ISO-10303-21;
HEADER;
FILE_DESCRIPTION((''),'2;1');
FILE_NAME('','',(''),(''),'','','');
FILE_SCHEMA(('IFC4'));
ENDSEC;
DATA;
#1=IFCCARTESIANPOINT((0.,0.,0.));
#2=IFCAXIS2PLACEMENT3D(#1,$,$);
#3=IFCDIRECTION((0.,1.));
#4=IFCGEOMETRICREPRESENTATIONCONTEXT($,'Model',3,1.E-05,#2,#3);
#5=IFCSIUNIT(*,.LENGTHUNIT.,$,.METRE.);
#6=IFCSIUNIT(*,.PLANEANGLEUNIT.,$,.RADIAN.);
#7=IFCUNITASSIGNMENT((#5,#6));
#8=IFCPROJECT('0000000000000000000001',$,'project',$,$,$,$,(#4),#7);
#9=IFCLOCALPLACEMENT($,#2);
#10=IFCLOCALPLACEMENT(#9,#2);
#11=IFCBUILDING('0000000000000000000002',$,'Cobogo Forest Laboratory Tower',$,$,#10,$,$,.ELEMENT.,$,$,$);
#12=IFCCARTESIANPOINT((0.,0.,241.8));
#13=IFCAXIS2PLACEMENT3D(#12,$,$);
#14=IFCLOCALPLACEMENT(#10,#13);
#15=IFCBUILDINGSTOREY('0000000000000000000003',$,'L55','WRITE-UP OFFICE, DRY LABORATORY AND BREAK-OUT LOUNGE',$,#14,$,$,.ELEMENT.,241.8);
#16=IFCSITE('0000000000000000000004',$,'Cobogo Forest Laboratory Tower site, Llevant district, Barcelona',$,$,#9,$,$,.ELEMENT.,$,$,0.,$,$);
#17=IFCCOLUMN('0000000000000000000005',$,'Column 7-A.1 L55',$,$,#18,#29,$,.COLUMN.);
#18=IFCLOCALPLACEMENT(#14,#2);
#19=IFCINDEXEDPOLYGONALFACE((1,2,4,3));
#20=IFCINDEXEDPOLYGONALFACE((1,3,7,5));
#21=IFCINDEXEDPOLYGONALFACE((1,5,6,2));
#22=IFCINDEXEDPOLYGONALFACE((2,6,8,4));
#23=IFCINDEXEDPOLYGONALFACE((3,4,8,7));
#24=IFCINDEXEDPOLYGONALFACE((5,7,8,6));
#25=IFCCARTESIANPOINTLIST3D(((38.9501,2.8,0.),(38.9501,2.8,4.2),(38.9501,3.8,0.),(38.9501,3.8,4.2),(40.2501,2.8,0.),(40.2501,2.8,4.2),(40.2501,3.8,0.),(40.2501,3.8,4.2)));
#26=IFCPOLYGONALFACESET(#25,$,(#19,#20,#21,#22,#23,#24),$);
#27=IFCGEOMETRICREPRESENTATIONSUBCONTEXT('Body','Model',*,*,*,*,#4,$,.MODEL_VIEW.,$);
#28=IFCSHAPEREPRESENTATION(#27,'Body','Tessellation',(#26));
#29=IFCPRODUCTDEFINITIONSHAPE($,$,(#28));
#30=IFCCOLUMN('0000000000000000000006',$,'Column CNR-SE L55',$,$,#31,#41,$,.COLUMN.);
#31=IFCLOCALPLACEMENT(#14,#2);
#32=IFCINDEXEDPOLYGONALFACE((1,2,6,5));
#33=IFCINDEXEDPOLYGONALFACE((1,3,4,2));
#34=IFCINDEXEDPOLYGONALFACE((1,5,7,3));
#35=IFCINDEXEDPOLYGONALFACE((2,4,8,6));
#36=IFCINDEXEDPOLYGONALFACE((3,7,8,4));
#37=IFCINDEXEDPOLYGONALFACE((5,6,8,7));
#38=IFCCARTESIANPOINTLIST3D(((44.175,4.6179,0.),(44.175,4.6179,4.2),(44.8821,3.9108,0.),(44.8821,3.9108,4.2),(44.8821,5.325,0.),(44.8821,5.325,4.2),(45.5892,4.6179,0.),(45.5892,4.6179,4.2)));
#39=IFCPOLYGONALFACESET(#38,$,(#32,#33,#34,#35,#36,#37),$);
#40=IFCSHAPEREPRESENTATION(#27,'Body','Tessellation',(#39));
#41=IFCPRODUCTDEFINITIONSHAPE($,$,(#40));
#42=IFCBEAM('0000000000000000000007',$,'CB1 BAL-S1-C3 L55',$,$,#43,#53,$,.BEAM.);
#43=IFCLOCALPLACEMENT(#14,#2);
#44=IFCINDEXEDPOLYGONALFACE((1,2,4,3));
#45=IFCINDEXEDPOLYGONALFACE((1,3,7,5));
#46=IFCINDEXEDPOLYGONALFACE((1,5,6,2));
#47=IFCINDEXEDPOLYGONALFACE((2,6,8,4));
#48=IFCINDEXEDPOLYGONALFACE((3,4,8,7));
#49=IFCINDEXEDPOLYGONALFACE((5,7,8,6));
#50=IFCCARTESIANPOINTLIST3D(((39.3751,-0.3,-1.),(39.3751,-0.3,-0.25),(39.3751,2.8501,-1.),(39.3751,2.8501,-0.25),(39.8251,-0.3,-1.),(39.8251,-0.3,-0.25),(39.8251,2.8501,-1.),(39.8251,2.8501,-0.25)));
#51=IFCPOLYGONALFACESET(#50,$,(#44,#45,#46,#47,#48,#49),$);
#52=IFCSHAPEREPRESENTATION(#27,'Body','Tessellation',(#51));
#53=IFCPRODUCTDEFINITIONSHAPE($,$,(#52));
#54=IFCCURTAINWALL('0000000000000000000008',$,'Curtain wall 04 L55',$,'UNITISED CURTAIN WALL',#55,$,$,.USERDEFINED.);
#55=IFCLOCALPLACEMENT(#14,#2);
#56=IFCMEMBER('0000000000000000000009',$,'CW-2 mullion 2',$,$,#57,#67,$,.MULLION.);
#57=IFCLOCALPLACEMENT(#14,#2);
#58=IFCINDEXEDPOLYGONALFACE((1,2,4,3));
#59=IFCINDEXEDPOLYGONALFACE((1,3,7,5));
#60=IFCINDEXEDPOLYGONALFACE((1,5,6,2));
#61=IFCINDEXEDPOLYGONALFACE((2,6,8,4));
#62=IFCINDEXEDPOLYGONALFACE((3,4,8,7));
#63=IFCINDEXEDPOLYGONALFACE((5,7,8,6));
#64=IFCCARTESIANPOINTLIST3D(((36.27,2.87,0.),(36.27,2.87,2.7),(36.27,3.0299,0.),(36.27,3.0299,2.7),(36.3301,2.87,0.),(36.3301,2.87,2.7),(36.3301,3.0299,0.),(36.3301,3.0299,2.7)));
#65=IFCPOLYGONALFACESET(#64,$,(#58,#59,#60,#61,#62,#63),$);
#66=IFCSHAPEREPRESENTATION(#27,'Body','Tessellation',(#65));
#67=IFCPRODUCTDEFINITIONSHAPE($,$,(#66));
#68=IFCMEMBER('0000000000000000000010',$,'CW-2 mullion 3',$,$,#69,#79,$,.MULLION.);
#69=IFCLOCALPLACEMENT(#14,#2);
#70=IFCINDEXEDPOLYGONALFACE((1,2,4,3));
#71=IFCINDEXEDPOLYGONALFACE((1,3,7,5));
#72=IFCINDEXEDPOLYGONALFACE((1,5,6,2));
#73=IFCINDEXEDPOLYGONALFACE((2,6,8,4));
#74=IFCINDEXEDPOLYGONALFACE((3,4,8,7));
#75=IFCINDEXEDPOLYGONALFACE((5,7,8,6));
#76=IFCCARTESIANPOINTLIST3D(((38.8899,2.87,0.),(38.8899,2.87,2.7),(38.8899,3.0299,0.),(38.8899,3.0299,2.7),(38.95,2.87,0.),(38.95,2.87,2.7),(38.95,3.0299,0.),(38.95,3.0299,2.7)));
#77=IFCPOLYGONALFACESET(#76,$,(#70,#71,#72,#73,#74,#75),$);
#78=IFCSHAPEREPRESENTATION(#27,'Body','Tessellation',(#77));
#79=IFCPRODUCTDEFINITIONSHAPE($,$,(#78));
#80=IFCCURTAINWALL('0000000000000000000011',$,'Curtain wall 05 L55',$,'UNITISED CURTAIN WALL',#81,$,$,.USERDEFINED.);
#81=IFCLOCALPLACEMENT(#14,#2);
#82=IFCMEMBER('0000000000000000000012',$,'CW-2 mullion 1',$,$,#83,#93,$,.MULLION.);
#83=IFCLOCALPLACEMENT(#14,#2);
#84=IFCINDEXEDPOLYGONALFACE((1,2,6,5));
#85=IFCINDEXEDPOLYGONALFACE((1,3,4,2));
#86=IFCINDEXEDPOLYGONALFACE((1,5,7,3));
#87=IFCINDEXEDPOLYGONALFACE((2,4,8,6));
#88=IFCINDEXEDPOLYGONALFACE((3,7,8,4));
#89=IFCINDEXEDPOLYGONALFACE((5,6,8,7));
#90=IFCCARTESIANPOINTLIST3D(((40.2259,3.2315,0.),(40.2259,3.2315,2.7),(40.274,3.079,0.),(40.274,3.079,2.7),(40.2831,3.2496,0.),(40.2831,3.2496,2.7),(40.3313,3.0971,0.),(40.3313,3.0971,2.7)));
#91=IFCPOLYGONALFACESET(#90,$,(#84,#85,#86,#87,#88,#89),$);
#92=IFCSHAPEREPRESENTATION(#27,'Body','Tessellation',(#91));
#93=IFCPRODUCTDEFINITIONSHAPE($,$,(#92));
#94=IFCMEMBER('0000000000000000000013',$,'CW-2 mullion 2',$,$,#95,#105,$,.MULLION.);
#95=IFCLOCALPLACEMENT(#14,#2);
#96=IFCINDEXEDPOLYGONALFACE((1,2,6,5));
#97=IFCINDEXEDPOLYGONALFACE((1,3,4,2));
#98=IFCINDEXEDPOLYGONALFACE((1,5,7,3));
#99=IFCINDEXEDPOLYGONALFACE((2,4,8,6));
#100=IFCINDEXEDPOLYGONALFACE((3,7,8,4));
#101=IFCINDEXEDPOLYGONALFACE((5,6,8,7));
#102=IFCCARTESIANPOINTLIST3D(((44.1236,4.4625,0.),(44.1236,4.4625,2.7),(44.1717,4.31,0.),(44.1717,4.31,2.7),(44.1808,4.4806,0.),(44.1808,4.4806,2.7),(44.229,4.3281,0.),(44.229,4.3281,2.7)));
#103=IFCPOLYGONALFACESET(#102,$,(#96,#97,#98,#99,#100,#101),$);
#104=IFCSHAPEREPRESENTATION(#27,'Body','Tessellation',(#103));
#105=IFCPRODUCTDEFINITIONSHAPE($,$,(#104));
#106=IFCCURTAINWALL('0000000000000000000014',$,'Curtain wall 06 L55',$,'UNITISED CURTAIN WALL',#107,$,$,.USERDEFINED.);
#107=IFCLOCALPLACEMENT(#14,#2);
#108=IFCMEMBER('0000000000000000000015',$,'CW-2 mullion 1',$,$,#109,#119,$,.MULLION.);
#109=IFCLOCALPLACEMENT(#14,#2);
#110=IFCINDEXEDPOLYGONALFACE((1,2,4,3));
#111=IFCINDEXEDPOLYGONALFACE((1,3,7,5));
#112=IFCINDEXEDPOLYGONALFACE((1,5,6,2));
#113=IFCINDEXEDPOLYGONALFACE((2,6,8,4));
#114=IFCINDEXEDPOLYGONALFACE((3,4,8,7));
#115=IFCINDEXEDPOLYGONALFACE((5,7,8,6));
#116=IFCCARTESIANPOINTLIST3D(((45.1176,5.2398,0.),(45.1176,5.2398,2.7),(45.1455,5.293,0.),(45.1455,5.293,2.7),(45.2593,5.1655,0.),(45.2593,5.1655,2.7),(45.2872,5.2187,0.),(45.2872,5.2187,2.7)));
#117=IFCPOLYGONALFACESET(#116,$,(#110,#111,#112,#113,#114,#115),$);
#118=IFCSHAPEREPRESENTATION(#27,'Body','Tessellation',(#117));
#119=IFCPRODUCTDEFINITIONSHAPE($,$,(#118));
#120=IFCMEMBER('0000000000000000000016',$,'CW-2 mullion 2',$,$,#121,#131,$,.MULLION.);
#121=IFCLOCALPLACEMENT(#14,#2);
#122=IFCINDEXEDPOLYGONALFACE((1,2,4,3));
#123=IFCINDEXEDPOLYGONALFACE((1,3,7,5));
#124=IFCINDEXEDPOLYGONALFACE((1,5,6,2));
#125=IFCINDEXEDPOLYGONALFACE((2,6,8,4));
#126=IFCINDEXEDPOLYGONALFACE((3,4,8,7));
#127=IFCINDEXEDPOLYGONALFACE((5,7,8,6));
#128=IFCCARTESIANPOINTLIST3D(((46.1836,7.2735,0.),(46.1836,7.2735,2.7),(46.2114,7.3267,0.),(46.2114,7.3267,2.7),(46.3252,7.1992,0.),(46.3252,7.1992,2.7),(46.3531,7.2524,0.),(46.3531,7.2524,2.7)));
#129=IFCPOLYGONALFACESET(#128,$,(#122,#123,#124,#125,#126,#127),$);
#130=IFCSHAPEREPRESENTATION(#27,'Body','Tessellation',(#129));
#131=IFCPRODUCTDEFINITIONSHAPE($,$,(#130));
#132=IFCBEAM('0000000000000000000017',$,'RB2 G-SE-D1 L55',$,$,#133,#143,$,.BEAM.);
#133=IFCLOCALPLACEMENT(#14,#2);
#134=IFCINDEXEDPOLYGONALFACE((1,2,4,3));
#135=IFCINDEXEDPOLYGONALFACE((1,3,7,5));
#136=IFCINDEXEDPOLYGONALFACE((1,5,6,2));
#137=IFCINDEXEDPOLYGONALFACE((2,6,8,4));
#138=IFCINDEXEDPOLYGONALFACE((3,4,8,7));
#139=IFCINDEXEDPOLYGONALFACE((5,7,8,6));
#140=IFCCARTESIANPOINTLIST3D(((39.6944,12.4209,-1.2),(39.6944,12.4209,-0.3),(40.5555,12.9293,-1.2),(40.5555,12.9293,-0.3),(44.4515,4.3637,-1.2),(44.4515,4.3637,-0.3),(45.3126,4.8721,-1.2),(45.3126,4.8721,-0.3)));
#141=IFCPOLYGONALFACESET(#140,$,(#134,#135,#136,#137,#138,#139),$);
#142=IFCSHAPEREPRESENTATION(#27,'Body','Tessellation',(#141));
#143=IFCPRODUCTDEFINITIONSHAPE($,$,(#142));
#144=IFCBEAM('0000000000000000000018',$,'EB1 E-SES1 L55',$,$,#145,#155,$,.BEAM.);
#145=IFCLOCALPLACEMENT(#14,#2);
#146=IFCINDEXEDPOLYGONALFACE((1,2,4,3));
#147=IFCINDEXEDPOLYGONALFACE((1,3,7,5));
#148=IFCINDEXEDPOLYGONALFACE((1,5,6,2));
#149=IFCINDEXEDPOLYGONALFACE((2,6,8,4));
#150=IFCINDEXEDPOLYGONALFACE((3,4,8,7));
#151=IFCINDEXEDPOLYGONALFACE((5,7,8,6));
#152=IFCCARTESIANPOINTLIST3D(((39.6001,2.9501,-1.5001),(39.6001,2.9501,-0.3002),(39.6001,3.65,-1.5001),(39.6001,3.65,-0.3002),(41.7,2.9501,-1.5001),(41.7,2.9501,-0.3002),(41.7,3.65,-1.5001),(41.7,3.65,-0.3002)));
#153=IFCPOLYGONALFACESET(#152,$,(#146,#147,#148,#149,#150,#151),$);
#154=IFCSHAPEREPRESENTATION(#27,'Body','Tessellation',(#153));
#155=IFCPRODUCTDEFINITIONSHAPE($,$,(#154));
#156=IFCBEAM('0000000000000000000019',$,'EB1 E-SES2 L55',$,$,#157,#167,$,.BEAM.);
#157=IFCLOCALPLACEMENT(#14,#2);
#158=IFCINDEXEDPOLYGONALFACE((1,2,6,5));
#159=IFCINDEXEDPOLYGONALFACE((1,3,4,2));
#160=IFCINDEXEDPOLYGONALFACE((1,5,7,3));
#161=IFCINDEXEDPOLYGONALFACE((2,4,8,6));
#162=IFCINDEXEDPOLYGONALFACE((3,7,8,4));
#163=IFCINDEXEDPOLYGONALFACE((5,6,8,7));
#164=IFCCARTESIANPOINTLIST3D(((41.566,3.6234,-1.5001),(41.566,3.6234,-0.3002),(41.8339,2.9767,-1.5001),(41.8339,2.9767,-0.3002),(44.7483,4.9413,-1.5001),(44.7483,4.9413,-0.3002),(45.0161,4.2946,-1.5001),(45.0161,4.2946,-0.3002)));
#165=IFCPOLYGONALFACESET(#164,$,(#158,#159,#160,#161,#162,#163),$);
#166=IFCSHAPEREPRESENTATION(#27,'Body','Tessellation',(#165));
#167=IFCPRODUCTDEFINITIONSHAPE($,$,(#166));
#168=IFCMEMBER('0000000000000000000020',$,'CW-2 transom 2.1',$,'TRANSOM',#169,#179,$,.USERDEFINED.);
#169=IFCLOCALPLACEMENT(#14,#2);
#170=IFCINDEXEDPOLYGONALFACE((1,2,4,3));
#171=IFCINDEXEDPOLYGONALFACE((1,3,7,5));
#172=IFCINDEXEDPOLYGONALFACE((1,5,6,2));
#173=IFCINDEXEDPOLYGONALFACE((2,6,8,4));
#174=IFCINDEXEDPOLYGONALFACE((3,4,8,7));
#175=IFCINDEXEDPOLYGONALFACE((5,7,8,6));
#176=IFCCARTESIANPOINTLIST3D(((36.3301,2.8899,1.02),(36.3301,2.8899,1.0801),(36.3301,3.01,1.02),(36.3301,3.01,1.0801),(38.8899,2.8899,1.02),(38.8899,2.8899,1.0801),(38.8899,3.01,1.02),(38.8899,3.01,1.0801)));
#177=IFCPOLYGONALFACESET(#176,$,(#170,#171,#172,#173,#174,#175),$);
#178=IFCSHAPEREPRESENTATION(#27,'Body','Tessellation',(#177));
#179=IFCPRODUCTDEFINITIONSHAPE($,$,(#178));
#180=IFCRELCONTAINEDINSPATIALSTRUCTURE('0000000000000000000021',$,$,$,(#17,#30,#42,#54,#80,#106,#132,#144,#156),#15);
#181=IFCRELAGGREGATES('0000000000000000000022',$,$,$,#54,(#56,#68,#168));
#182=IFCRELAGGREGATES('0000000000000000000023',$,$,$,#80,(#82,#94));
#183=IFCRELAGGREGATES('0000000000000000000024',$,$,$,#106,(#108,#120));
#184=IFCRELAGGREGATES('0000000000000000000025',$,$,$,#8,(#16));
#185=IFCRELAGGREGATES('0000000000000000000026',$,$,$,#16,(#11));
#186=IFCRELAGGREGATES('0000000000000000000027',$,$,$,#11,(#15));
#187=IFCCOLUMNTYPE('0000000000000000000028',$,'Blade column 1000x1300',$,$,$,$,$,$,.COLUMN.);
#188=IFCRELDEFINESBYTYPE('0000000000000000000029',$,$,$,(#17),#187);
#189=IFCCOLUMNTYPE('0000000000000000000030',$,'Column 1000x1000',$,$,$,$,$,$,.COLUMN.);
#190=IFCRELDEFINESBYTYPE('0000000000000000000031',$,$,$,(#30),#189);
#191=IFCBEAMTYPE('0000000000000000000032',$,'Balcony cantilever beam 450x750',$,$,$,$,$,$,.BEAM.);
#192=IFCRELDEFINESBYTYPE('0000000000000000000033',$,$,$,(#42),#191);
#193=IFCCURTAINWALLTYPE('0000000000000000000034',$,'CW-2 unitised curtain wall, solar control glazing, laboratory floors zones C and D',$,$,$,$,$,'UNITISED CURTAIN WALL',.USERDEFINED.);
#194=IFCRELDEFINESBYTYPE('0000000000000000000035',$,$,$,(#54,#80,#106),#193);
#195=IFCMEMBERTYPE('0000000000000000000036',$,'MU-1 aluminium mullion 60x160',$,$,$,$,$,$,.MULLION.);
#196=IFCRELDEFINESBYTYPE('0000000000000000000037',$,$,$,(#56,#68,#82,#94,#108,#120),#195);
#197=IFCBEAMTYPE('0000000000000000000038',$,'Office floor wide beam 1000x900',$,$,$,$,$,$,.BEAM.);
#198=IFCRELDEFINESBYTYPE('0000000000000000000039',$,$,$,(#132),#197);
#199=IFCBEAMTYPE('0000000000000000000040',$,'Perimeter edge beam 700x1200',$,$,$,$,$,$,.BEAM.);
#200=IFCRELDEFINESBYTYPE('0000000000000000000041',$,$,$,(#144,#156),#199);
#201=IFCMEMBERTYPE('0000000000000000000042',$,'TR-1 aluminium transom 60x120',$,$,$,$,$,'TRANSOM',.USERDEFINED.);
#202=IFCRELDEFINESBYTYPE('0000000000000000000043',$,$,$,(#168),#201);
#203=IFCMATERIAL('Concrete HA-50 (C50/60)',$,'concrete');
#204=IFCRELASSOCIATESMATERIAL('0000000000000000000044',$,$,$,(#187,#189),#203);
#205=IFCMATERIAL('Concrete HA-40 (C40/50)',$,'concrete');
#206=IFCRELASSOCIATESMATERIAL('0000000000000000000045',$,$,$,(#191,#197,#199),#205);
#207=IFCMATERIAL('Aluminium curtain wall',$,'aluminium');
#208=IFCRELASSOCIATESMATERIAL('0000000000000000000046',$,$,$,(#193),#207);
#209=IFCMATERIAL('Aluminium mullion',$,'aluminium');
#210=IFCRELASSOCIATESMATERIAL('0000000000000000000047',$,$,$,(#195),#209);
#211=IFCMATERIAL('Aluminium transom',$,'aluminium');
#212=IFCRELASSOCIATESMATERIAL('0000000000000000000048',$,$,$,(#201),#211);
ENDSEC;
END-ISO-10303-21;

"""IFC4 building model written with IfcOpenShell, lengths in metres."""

from ifc_helpers import new_model, si_unit, direction, frame, origin, origin_2d, place, context, subcontext, project, spatial, rectangle, extrude, material, material_profile, profile_set, type_object, element, aggregate, save


model = new_model("IFC4")

# Units and contexts
model_context = context("Model", 3, precision=1e-05, world=origin(), true_north=direction((0.0, 1.0)))
body_context = subcontext(model_context, "Body", "Model", "MODEL_VIEW")
ifc_project = project(units=[si_unit("LENGTHUNIT", "METRE"), si_unit("PLANEANGLEUNIT", "RADIAN")], contexts=[model_context])

# Site, building, storey
site_placement = place(None, origin())
site = spatial("IfcSite", under=ifc_project, at=site_placement, Name="Cobogo Forest Laboratory Tower site, Llevant district, Barcelona", CompositionType="ELEMENT", RefElevation=0.0)
building_placement = place(site_placement, origin())
building = spatial("IfcBuilding", under=site, at=building_placement, Name="Cobogo Forest Laboratory Tower", CompositionType="ELEMENT")
storey_placement = place(building_placement, frame((0.0, 0.0, 241.8)))
storey = spatial("IfcBuildingStorey", under=building, at=storey_placement, Name="L55", Description="WRITE-UP OFFICE, DRY LABORATORY AND BREAK-OUT LOUNGE", CompositionType="ELEMENT", Elevation=241.8)

# Columns
ifc_material_1 = material(Name="Concrete HA-50 (C50/60)", Category="concrete")
ifc_material_profile_1 = material_profile(ifc_material_1, rectangle(XDim=1.3, YDim=1.0, at=origin_2d()), Name="RC 1000x1300")
ifc_profile_set_1 = profile_set([ifc_material_profile_1], Name="Concrete HA-50 (C50/60)")
column_type_1 = type_object("IfcColumnType", Name="Blade column 1000x1300", PredefinedType="COLUMN", material=ifc_profile_set_1)
column_1_placement = place(storey_placement, frame((39.6001, 3.3, 0.0), z_axis=(0.0, 0.0, 1.0), x_axis=(1.0, 0.0, 0.0)))
element("IfcColumn", 1, at=column_1_placement, inside=storey, type_object=column_type_1, Name="Column 7-A.1 L55", PredefinedType="COLUMN", context=body_context, shape_type="SweptSolid", body=[
    extrude(rectangle(XDim=1.3, YDim=1.0, at=origin_2d()), origin(), (0.0, 0.0, 1.0), 4.2),
])
ifc_material_profile_2 = material_profile(ifc_material_1, rectangle(XDim=1.0, YDim=1.0, at=origin_2d()), Name="RC 1000x1000")
ifc_profile_set_2 = profile_set([ifc_material_profile_2], Name="Concrete HA-50 (C50/60)")
column_type_2 = type_object("IfcColumnType", Name="Column 1000x1000", PredefinedType="COLUMN", material=ifc_profile_set_2)
column_2_placement = place(storey_placement, frame((44.8821, 4.6179, 0.0), z_axis=(0.0, 0.0, 1.0), x_axis=(0.707107, 0.707107, 0.0)))
element("IfcColumn", 2, at=column_2_placement, inside=storey, type_object=column_type_2, Name="Column CNR-SE L55", PredefinedType="COLUMN", context=body_context, shape_type="SweptSolid", body=[
    extrude(rectangle(XDim=1.0, YDim=1.0, at=origin_2d()), origin(), (0.0, 0.0, 1.0), 4.2),
])

# Beam
ifc_material_2 = material(Name="Concrete HA-40 (C40/50)", Category="concrete")
ifc_material_profile_3 = material_profile(ifc_material_2, rectangle(XDim=0.45, YDim=0.75, at=origin_2d()), Name="RC 450x750")
ifc_profile_set_3 = profile_set([ifc_material_profile_3], Name="Concrete HA-40 (C40/50)")
beam_type_1 = type_object("IfcBeamType", Name="Balcony cantilever beam 450x750", PredefinedType="BEAM", material=ifc_profile_set_3)
beam_1_placement = place(storey_placement, frame((39.6001, 2.8501, -0.625), z_axis=(0.0, -1.0, 0.0), x_axis=(1.0, 0.0, 0.0)))
element("IfcBeam", 3, at=beam_1_placement, inside=storey, type_object=beam_type_1, Name="CB1 BAL-S1-C3 L55", PredefinedType="BEAM", context=body_context, shape_type="SweptSolid", body=[
    extrude(rectangle(XDim=0.45, YDim=0.75, at=origin_2d()), origin(), (0.0, 0.0, 1.0), 3.1501),
])

# Curtain walls, members
ifc_material_3 = material(Name="Aluminium curtain wall", Category="aluminium")
curtain_wall_type = type_object("IfcCurtainWallType", Name="CW-2 unitised curtain wall, solar control glazing, laboratory floors zones C and D", ElementType="UNITISED CURTAIN WALL", PredefinedType="USERDEFINED", material=ifc_material_3)
curtain_wall_1_placement = place(storey_placement, origin())
curtain_wall_1 = element("IfcCurtainWall", 4, at=curtain_wall_1_placement, inside=storey, type_object=curtain_wall_type, Name="Curtain wall 04 L55", ObjectType="UNITISED CURTAIN WALL", PredefinedType="USERDEFINED")
ifc_material_4 = material(Name="Aluminium mullion", Category="aluminium")
ifc_material_profile_4 = material_profile(ifc_material_4, rectangle(XDim=0.0601, YDim=0.1599, at=origin_2d()), Name="AL 60x160")
ifc_profile_set_4 = profile_set([ifc_material_profile_4], Name="Aluminium mullion")
member_type_1 = type_object("IfcMemberType", Name="MU-1 aluminium mullion 60x160", PredefinedType="MULLION", material=ifc_profile_set_4)
member_1_placement = place(storey_placement, frame((36.3, 2.95, 0.0), z_axis=(0.0, 0.0, 1.0), x_axis=(1.0, 0.0, 0.0)))
member_1 = element("IfcMember", 5, at=member_1_placement, type_object=member_type_1, Name="CW-2 mullion 2", PredefinedType="MULLION", context=body_context, shape_type="SweptSolid", body=[
    extrude(rectangle(XDim=0.0601, YDim=0.1599, at=origin_2d()), origin(), (0.0, 0.0, 1.0), 2.7),
])
member_2_placement = place(storey_placement, frame((38.9199, 2.95, 0.0), z_axis=(0.0, 0.0, 1.0), x_axis=(1.0, 0.0, 0.0)))
member_2 = element("IfcMember", 6, at=member_2_placement, type_object=member_type_1, Name="CW-2 mullion 3", PredefinedType="MULLION", context=body_context, shape_type="SweptSolid", body=[
    extrude(rectangle(XDim=0.0601, YDim=0.1599, at=origin_2d()), origin(), (0.0, 0.0, 1.0), 2.7),
])
curtain_wall_2_placement = place(storey_placement, origin())
curtain_wall_2 = element("IfcCurtainWall", 7, at=curtain_wall_2_placement, inside=storey, type_object=curtain_wall_type, Name="Curtain wall 05 L55", ObjectType="UNITISED CURTAIN WALL", PredefinedType="USERDEFINED")
member_3_placement = place(storey_placement, frame((40.2786, 3.1643, 0.0), z_axis=(0.0, 0.0, 1.0), x_axis=(0.953581, 0.301135, 0.0)))
member_3 = element("IfcMember", 8, at=member_3_placement, type_object=member_type_1, Name="CW-2 mullion 1", PredefinedType="MULLION", context=body_context, shape_type="SweptSolid", body=[
    extrude(rectangle(XDim=0.0601, YDim=0.1599, at=origin_2d()), origin(), (0.0, 0.0, 1.0), 2.7),
])
member_4_placement = place(storey_placement, frame((44.1763, 4.3953, 0.0), z_axis=(0.0, 0.0, 1.0), x_axis=(0.953581, 0.301135, 0.0)))
member_4 = element("IfcMember", 9, at=member_4_placement, type_object=member_type_1, Name="CW-2 mullion 2", PredefinedType="MULLION", context=body_context, shape_type="SweptSolid", body=[
    extrude(rectangle(XDim=0.0601, YDim=0.1599, at=origin_2d()), origin(), (0.0, 0.0, 1.0), 2.7),
])
curtain_wall_3_placement = place(storey_placement, origin())
curtain_wall_3 = element("IfcCurtainWall", 10, at=curtain_wall_3_placement, inside=storey, type_object=curtain_wall_type, Name="Curtain wall 06 L55", ObjectType="UNITISED CURTAIN WALL", PredefinedType="USERDEFINED")
member_5_placement = place(storey_placement, frame((45.2024, 5.2292, 0.0), z_axis=(0.0, 0.0, 1.0), x_axis=(0.464284, 0.885686, 0.0)))
member_5 = element("IfcMember", 11, at=member_5_placement, type_object=member_type_1, Name="CW-2 mullion 1", PredefinedType="MULLION", context=body_context, shape_type="SweptSolid", body=[
    extrude(rectangle(XDim=0.0601, YDim=0.1599, at=origin_2d()), origin(), (0.0, 0.0, 1.0), 2.7),
])
member_6_placement = place(storey_placement, frame((46.2683, 7.2629, 0.0), z_axis=(0.0, 0.0, 1.0), x_axis=(0.464284, 0.885686, 0.0)))
member_6 = element("IfcMember", 12, at=member_6_placement, type_object=member_type_1, Name="CW-2 mullion 2", PredefinedType="MULLION", context=body_context, shape_type="SweptSolid", body=[
    extrude(rectangle(XDim=0.0601, YDim=0.1599, at=origin_2d()), origin(), (0.0, 0.0, 1.0), 2.7),
])

# Beams
ifc_material_profile_5 = material_profile(ifc_material_2, rectangle(XDim=1.0, YDim=0.8999, at=origin_2d()), Name="RC 1000x900")
ifc_profile_set_5 = profile_set([ifc_material_profile_5], Name="Concrete HA-40 (C40/50)")
beam_type_2 = type_object("IfcBeamType", Name="Office floor wide beam 1000x900", PredefinedType="BEAM", material=ifc_profile_set_5)
beam_2_placement = place(storey_placement, frame((44.8821, 4.6179, -0.75), z_axis=(-0.508416, 0.861111, 0.0), x_axis=(-0.861111, -0.508416, 0.0)))
element("IfcBeam", 13, at=beam_2_placement, inside=storey, type_object=beam_type_2, Name="RB2 G-SE-D1 L55", PredefinedType="BEAM", context=body_context, shape_type="SweptSolid", body=[
    extrude(rectangle(XDim=1.0, YDim=0.8999, at=origin_2d()), origin(), (0.0, 0.0, 1.0), 9.3567),
])
ifc_material_profile_6 = material_profile(ifc_material_2, rectangle(XDim=0.7, YDim=1.2, at=origin_2d()), Name="RC 700x1200")
ifc_profile_set_6 = profile_set([ifc_material_profile_6], Name="Concrete HA-40 (C40/50)")
beam_type_3 = type_object("IfcBeamType", Name="Perimeter edge beam 700x1200", PredefinedType="BEAM", material=ifc_profile_set_6)
beam_3_placement = place(storey_placement, frame((39.6001, 3.3, -0.9001), z_axis=(1.0, 0.0, 0.0), x_axis=(0.0, 1.0, 0.0)))
element("IfcBeam", 14, at=beam_3_placement, inside=storey, type_object=beam_type_3, Name="EB1 E-SES1 L55", PredefinedType="BEAM", context=body_context, shape_type="SweptSolid", body=[
    extrude(rectangle(XDim=0.7, YDim=1.2, at=origin_2d()), origin(), (0.0, 0.0, 1.0), 2.0999),
])
beam_4_placement = place(storey_placement, frame((41.7, 3.3, -0.9001), z_axis=(0.923901, 0.382631, 0.0), x_axis=(-0.382631, 0.923901, 0.0)))
element("IfcBeam", 15, at=beam_4_placement, inside=storey, type_object=beam_type_3, Name="EB1 E-SES2 L55", PredefinedType="BEAM", context=body_context, shape_type="SweptSolid", body=[
    extrude(rectangle(XDim=0.7, YDim=1.2, at=origin_2d()), origin(), (0.0, 0.0, 1.0), 3.4443),
])

# Member
ifc_material_5 = material(Name="Aluminium transom", Category="aluminium")
ifc_material_profile_7 = material_profile(ifc_material_5, rectangle(XDim=0.1201, YDim=0.0601, at=origin_2d()), Name="AL 60x120")
ifc_profile_set_7 = profile_set([ifc_material_profile_7], Name="Aluminium transom")
member_type_2 = type_object("IfcMemberType", Name="TR-1 aluminium transom 60x120", ElementType="TRANSOM", PredefinedType="USERDEFINED", material=ifc_profile_set_7)
member_7_placement = place(storey_placement, frame((36.3301, 2.95, 1.05), z_axis=(1.0, 0.0, 0.0), x_axis=(0.0, 1.0, 0.0)))
member_7 = element("IfcMember", 16, at=member_7_placement, type_object=member_type_2, Name="CW-2 transom 2.1", ObjectType="TRANSOM", PredefinedType="USERDEFINED", context=body_context, shape_type="SweptSolid", body=[
    extrude(rectangle(XDim=0.1201, YDim=0.0601, at=origin_2d()), origin(), (0.0, 0.0, 1.0), 2.5598),
])

aggregate(curtain_wall_1, [member_1, member_2, member_7])
aggregate(curtain_wall_2, [member_3, member_4])
aggregate(curtain_wall_3, [member_5, member_6])

save(model, "model.ifc")
